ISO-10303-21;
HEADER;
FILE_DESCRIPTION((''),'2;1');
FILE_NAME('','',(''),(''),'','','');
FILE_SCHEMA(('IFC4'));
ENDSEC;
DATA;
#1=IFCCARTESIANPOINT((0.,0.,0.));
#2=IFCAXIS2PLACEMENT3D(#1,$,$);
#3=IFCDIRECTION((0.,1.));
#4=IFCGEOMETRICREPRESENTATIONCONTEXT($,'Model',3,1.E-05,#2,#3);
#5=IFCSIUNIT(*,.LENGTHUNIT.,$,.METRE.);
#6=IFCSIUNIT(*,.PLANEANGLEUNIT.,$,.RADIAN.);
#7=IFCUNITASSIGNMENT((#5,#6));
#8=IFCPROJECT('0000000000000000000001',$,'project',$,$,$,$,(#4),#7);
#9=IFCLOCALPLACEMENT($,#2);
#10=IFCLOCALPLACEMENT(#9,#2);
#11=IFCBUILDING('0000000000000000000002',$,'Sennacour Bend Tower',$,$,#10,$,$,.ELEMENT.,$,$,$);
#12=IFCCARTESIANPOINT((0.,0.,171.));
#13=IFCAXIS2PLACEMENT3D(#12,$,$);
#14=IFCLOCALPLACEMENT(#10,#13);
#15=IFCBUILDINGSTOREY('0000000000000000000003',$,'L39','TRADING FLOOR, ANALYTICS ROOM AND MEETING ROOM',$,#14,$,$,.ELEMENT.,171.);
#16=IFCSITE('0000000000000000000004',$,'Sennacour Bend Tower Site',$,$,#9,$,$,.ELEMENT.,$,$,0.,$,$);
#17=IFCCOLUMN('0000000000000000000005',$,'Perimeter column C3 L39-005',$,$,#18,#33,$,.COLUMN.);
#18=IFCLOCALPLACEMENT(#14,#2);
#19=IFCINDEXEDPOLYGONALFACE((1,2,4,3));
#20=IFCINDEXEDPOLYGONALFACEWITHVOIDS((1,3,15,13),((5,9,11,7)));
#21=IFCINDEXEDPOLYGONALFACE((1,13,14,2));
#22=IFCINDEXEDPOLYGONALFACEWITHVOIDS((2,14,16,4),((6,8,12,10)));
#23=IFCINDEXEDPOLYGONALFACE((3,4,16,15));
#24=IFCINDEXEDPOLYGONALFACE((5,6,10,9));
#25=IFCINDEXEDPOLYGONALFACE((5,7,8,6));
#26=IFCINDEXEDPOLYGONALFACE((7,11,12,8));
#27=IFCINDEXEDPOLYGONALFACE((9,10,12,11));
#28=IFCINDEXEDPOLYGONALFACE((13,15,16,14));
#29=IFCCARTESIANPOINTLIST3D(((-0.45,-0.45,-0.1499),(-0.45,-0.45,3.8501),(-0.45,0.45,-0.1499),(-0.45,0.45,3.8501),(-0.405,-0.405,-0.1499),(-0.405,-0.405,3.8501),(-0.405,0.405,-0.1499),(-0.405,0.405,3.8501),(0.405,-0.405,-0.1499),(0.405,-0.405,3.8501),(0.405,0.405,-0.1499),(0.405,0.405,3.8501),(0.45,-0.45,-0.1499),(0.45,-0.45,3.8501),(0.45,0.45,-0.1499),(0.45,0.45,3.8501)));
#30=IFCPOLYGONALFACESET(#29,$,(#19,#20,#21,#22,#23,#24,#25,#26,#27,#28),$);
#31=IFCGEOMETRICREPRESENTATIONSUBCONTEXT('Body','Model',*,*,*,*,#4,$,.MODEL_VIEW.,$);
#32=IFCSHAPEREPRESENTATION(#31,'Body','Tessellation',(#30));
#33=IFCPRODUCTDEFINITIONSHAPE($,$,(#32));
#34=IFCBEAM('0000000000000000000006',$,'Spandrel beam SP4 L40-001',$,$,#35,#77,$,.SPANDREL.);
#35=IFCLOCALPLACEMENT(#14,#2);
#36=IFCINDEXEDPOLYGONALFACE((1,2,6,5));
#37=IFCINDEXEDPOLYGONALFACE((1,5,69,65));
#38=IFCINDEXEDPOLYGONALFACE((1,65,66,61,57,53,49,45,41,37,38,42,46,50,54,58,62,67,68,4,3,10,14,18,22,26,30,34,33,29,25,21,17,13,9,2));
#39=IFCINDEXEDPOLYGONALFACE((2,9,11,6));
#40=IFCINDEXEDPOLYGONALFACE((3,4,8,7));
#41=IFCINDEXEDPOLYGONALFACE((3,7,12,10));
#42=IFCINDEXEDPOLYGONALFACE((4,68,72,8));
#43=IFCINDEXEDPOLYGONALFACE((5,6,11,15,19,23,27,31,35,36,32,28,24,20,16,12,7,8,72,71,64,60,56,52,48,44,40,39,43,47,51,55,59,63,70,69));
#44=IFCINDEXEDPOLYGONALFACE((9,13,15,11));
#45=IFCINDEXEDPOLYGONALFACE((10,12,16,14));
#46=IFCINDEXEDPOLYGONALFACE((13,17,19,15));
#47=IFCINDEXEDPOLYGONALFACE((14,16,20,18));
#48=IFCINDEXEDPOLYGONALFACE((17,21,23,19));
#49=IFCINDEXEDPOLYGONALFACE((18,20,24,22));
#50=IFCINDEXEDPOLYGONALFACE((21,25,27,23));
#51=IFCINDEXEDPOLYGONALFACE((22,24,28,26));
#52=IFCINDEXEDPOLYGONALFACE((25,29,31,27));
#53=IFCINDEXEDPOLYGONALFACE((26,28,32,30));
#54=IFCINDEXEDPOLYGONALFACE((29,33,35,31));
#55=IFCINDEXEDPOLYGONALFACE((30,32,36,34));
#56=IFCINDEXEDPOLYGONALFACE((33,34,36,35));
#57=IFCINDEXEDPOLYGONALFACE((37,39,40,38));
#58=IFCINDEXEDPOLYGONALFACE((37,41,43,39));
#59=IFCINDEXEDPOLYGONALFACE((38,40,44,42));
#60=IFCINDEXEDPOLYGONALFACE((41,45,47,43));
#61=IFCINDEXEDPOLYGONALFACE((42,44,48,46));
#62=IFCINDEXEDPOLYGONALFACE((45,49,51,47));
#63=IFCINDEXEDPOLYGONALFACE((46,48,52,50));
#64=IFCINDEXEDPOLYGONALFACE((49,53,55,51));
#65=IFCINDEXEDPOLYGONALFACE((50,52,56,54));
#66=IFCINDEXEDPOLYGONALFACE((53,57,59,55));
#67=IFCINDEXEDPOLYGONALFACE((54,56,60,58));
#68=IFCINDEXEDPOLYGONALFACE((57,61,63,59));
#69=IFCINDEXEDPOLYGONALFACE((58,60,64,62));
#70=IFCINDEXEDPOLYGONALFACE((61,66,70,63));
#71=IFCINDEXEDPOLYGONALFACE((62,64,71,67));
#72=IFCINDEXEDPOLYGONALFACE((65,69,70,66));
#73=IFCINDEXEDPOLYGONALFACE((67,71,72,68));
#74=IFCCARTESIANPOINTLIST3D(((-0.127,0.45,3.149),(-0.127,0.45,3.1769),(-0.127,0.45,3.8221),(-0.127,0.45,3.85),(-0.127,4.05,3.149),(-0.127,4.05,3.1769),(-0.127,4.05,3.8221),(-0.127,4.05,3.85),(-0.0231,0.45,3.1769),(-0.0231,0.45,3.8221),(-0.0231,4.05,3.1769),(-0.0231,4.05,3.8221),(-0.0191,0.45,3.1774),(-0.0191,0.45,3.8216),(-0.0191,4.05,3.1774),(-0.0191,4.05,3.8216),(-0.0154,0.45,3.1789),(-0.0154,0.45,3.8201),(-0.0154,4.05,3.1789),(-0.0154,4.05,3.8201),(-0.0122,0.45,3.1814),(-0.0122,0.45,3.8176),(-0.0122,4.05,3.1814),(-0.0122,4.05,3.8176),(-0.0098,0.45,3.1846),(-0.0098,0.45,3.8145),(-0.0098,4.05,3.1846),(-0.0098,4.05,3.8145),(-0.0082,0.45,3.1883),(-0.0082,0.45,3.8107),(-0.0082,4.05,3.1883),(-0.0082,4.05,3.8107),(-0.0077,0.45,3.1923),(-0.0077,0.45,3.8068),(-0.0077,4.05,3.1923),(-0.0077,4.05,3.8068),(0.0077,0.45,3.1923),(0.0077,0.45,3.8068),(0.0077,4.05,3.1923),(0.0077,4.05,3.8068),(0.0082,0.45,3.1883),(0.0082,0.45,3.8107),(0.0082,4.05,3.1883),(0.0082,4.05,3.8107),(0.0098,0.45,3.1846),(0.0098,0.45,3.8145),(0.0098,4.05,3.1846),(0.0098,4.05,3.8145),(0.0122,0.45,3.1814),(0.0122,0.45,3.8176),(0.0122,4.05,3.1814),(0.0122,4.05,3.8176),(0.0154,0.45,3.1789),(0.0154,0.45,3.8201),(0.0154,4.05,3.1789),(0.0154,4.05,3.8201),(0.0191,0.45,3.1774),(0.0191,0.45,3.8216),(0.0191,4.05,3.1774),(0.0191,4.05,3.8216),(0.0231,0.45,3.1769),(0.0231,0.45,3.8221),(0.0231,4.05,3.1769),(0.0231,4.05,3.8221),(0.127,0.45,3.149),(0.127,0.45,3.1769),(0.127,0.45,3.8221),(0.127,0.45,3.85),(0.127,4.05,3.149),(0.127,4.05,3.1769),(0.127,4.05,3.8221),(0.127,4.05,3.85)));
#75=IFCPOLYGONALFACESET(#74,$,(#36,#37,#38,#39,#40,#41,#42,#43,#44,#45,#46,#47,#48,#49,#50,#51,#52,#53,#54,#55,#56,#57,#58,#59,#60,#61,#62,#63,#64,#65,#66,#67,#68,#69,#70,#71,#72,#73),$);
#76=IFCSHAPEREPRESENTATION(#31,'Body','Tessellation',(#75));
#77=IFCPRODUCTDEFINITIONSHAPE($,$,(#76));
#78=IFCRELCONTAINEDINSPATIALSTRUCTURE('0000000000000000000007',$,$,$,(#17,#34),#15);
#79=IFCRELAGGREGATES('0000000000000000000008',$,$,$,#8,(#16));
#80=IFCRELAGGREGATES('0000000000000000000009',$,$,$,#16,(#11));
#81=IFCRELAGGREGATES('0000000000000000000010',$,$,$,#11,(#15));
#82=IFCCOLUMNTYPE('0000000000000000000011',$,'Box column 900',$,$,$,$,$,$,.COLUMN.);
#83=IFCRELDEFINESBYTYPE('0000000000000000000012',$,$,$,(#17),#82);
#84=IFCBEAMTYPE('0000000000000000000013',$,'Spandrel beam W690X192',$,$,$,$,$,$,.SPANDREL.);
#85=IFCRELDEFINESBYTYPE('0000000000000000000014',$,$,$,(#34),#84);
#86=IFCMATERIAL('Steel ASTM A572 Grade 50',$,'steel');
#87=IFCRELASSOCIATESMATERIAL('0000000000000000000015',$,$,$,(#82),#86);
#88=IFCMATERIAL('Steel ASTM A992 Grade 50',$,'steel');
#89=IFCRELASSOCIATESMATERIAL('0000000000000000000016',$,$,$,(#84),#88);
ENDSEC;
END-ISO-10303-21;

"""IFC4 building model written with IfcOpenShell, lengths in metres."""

from ifc_helpers import new_model, si_unit, direction, frame, origin, origin_2d, place, context, subcontext, project, spatial, hollow_rectangle, i_section, extrude, material, material_profile, profile_set, type_object, element, save


model = new_model("IFC4")

# Units and contexts
model_context = context("Model", 3, precision=1e-05, world=origin(), true_north=direction((0.0, 1.0)))
body_context = subcontext(model_context, "Body", "Model", "MODEL_VIEW")
ifc_project = project(units=[si_unit("LENGTHUNIT", "METRE"), si_unit("PLANEANGLEUNIT", "RADIAN")], contexts=[model_context])

# Site, building, storey
site_placement = place(None, origin())
site = spatial("IfcSite", under=ifc_project, at=site_placement, Name="Sennacour Bend Tower Site", CompositionType="ELEMENT", RefElevation=0.0)
building_placement = place(site_placement, origin())
building = spatial("IfcBuilding", under=site, at=building_placement, Name="Sennacour Bend Tower", CompositionType="ELEMENT")
storey_placement = place(building_placement, frame((0.0, 0.0, 171.0)))
storey = spatial("IfcBuildingStorey", under=building, at=storey_placement, Name="L39", Description="TRADING FLOOR, ANALYTICS ROOM AND MEETING ROOM", CompositionType="ELEMENT", Elevation=171.0)

# Column
ifc_material_1 = material(Name="Steel ASTM A572 Grade 50", Category="steel")
ifc_material_profile_1 = material_profile(ifc_material_1, hollow_rectangle(XDim=0.8999, YDim=0.8999, WallThickness=0.0449, at=origin_2d()), Name="Steel ASTM A572 Grade 50", Category="steel")
ifc_profile_set_1 = profile_set([ifc_material_profile_1], Name="Steel ASTM A572 Grade 50")
column_type = type_object("IfcColumnType", Name="Box column 900", PredefinedType="COLUMN", material=ifc_profile_set_1)
column_placement = place(storey_placement, frame((0.0, 0.0, -0.1499), z_axis=(0.0, 0.0, 1.0), x_axis=(1.0, 0.0, 0.0)))
element("IfcColumn", 1, at=column_placement, inside=storey, type_object=column_type, Name="Perimeter column C3 L39-005", PredefinedType="COLUMN", context=body_context, shape_type="SweptSolid", body=[
    extrude(hollow_rectangle(XDim=0.8999, YDim=0.8999, WallThickness=0.0449, at=origin_2d()), origin(), (0.0, 0.0, 1.0), 4.0),
])

# Beam
ifc_material_2 = material(Name="Steel ASTM A992 Grade 50", Category="steel")
ifc_material_profile_2 = material_profile(ifc_material_2, i_section(OverallWidth=0.2539, OverallDepth=0.7009, WebThickness=0.0154, FlangeThickness=0.0278, FilletRadius=0.0154, at=origin_2d()), Name="Steel ASTM A992 Grade 50", Category="steel")
ifc_profile_set_2 = profile_set([ifc_material_profile_2], Name="Steel ASTM A992 Grade 50")
beam_type = type_object("IfcBeamType", Name="Spandrel beam W690X192", PredefinedType="SPANDREL", material=ifc_profile_set_2)
beam_placement = place(storey_placement, frame((0.0, 0.45, 3.4995), z_axis=(0.0, 1.0, 0.0), x_axis=(-1.0, 0.0, 0.0)))
element("IfcBeam", 2, at=beam_placement, inside=storey, type_object=beam_type, Name="Spandrel beam SP4 L40-001", PredefinedType="SPANDREL", context=body_context, shape_type="SweptSolid", body=[
    extrude(i_section(OverallWidth=0.2539, OverallDepth=0.7009, WebThickness=0.0154, FlangeThickness=0.0278, FilletRadius=0.0154, at=origin_2d()), origin(), (0.0, 0.0, 1.0), 3.6001),
])

save(model, "model.ifc")
